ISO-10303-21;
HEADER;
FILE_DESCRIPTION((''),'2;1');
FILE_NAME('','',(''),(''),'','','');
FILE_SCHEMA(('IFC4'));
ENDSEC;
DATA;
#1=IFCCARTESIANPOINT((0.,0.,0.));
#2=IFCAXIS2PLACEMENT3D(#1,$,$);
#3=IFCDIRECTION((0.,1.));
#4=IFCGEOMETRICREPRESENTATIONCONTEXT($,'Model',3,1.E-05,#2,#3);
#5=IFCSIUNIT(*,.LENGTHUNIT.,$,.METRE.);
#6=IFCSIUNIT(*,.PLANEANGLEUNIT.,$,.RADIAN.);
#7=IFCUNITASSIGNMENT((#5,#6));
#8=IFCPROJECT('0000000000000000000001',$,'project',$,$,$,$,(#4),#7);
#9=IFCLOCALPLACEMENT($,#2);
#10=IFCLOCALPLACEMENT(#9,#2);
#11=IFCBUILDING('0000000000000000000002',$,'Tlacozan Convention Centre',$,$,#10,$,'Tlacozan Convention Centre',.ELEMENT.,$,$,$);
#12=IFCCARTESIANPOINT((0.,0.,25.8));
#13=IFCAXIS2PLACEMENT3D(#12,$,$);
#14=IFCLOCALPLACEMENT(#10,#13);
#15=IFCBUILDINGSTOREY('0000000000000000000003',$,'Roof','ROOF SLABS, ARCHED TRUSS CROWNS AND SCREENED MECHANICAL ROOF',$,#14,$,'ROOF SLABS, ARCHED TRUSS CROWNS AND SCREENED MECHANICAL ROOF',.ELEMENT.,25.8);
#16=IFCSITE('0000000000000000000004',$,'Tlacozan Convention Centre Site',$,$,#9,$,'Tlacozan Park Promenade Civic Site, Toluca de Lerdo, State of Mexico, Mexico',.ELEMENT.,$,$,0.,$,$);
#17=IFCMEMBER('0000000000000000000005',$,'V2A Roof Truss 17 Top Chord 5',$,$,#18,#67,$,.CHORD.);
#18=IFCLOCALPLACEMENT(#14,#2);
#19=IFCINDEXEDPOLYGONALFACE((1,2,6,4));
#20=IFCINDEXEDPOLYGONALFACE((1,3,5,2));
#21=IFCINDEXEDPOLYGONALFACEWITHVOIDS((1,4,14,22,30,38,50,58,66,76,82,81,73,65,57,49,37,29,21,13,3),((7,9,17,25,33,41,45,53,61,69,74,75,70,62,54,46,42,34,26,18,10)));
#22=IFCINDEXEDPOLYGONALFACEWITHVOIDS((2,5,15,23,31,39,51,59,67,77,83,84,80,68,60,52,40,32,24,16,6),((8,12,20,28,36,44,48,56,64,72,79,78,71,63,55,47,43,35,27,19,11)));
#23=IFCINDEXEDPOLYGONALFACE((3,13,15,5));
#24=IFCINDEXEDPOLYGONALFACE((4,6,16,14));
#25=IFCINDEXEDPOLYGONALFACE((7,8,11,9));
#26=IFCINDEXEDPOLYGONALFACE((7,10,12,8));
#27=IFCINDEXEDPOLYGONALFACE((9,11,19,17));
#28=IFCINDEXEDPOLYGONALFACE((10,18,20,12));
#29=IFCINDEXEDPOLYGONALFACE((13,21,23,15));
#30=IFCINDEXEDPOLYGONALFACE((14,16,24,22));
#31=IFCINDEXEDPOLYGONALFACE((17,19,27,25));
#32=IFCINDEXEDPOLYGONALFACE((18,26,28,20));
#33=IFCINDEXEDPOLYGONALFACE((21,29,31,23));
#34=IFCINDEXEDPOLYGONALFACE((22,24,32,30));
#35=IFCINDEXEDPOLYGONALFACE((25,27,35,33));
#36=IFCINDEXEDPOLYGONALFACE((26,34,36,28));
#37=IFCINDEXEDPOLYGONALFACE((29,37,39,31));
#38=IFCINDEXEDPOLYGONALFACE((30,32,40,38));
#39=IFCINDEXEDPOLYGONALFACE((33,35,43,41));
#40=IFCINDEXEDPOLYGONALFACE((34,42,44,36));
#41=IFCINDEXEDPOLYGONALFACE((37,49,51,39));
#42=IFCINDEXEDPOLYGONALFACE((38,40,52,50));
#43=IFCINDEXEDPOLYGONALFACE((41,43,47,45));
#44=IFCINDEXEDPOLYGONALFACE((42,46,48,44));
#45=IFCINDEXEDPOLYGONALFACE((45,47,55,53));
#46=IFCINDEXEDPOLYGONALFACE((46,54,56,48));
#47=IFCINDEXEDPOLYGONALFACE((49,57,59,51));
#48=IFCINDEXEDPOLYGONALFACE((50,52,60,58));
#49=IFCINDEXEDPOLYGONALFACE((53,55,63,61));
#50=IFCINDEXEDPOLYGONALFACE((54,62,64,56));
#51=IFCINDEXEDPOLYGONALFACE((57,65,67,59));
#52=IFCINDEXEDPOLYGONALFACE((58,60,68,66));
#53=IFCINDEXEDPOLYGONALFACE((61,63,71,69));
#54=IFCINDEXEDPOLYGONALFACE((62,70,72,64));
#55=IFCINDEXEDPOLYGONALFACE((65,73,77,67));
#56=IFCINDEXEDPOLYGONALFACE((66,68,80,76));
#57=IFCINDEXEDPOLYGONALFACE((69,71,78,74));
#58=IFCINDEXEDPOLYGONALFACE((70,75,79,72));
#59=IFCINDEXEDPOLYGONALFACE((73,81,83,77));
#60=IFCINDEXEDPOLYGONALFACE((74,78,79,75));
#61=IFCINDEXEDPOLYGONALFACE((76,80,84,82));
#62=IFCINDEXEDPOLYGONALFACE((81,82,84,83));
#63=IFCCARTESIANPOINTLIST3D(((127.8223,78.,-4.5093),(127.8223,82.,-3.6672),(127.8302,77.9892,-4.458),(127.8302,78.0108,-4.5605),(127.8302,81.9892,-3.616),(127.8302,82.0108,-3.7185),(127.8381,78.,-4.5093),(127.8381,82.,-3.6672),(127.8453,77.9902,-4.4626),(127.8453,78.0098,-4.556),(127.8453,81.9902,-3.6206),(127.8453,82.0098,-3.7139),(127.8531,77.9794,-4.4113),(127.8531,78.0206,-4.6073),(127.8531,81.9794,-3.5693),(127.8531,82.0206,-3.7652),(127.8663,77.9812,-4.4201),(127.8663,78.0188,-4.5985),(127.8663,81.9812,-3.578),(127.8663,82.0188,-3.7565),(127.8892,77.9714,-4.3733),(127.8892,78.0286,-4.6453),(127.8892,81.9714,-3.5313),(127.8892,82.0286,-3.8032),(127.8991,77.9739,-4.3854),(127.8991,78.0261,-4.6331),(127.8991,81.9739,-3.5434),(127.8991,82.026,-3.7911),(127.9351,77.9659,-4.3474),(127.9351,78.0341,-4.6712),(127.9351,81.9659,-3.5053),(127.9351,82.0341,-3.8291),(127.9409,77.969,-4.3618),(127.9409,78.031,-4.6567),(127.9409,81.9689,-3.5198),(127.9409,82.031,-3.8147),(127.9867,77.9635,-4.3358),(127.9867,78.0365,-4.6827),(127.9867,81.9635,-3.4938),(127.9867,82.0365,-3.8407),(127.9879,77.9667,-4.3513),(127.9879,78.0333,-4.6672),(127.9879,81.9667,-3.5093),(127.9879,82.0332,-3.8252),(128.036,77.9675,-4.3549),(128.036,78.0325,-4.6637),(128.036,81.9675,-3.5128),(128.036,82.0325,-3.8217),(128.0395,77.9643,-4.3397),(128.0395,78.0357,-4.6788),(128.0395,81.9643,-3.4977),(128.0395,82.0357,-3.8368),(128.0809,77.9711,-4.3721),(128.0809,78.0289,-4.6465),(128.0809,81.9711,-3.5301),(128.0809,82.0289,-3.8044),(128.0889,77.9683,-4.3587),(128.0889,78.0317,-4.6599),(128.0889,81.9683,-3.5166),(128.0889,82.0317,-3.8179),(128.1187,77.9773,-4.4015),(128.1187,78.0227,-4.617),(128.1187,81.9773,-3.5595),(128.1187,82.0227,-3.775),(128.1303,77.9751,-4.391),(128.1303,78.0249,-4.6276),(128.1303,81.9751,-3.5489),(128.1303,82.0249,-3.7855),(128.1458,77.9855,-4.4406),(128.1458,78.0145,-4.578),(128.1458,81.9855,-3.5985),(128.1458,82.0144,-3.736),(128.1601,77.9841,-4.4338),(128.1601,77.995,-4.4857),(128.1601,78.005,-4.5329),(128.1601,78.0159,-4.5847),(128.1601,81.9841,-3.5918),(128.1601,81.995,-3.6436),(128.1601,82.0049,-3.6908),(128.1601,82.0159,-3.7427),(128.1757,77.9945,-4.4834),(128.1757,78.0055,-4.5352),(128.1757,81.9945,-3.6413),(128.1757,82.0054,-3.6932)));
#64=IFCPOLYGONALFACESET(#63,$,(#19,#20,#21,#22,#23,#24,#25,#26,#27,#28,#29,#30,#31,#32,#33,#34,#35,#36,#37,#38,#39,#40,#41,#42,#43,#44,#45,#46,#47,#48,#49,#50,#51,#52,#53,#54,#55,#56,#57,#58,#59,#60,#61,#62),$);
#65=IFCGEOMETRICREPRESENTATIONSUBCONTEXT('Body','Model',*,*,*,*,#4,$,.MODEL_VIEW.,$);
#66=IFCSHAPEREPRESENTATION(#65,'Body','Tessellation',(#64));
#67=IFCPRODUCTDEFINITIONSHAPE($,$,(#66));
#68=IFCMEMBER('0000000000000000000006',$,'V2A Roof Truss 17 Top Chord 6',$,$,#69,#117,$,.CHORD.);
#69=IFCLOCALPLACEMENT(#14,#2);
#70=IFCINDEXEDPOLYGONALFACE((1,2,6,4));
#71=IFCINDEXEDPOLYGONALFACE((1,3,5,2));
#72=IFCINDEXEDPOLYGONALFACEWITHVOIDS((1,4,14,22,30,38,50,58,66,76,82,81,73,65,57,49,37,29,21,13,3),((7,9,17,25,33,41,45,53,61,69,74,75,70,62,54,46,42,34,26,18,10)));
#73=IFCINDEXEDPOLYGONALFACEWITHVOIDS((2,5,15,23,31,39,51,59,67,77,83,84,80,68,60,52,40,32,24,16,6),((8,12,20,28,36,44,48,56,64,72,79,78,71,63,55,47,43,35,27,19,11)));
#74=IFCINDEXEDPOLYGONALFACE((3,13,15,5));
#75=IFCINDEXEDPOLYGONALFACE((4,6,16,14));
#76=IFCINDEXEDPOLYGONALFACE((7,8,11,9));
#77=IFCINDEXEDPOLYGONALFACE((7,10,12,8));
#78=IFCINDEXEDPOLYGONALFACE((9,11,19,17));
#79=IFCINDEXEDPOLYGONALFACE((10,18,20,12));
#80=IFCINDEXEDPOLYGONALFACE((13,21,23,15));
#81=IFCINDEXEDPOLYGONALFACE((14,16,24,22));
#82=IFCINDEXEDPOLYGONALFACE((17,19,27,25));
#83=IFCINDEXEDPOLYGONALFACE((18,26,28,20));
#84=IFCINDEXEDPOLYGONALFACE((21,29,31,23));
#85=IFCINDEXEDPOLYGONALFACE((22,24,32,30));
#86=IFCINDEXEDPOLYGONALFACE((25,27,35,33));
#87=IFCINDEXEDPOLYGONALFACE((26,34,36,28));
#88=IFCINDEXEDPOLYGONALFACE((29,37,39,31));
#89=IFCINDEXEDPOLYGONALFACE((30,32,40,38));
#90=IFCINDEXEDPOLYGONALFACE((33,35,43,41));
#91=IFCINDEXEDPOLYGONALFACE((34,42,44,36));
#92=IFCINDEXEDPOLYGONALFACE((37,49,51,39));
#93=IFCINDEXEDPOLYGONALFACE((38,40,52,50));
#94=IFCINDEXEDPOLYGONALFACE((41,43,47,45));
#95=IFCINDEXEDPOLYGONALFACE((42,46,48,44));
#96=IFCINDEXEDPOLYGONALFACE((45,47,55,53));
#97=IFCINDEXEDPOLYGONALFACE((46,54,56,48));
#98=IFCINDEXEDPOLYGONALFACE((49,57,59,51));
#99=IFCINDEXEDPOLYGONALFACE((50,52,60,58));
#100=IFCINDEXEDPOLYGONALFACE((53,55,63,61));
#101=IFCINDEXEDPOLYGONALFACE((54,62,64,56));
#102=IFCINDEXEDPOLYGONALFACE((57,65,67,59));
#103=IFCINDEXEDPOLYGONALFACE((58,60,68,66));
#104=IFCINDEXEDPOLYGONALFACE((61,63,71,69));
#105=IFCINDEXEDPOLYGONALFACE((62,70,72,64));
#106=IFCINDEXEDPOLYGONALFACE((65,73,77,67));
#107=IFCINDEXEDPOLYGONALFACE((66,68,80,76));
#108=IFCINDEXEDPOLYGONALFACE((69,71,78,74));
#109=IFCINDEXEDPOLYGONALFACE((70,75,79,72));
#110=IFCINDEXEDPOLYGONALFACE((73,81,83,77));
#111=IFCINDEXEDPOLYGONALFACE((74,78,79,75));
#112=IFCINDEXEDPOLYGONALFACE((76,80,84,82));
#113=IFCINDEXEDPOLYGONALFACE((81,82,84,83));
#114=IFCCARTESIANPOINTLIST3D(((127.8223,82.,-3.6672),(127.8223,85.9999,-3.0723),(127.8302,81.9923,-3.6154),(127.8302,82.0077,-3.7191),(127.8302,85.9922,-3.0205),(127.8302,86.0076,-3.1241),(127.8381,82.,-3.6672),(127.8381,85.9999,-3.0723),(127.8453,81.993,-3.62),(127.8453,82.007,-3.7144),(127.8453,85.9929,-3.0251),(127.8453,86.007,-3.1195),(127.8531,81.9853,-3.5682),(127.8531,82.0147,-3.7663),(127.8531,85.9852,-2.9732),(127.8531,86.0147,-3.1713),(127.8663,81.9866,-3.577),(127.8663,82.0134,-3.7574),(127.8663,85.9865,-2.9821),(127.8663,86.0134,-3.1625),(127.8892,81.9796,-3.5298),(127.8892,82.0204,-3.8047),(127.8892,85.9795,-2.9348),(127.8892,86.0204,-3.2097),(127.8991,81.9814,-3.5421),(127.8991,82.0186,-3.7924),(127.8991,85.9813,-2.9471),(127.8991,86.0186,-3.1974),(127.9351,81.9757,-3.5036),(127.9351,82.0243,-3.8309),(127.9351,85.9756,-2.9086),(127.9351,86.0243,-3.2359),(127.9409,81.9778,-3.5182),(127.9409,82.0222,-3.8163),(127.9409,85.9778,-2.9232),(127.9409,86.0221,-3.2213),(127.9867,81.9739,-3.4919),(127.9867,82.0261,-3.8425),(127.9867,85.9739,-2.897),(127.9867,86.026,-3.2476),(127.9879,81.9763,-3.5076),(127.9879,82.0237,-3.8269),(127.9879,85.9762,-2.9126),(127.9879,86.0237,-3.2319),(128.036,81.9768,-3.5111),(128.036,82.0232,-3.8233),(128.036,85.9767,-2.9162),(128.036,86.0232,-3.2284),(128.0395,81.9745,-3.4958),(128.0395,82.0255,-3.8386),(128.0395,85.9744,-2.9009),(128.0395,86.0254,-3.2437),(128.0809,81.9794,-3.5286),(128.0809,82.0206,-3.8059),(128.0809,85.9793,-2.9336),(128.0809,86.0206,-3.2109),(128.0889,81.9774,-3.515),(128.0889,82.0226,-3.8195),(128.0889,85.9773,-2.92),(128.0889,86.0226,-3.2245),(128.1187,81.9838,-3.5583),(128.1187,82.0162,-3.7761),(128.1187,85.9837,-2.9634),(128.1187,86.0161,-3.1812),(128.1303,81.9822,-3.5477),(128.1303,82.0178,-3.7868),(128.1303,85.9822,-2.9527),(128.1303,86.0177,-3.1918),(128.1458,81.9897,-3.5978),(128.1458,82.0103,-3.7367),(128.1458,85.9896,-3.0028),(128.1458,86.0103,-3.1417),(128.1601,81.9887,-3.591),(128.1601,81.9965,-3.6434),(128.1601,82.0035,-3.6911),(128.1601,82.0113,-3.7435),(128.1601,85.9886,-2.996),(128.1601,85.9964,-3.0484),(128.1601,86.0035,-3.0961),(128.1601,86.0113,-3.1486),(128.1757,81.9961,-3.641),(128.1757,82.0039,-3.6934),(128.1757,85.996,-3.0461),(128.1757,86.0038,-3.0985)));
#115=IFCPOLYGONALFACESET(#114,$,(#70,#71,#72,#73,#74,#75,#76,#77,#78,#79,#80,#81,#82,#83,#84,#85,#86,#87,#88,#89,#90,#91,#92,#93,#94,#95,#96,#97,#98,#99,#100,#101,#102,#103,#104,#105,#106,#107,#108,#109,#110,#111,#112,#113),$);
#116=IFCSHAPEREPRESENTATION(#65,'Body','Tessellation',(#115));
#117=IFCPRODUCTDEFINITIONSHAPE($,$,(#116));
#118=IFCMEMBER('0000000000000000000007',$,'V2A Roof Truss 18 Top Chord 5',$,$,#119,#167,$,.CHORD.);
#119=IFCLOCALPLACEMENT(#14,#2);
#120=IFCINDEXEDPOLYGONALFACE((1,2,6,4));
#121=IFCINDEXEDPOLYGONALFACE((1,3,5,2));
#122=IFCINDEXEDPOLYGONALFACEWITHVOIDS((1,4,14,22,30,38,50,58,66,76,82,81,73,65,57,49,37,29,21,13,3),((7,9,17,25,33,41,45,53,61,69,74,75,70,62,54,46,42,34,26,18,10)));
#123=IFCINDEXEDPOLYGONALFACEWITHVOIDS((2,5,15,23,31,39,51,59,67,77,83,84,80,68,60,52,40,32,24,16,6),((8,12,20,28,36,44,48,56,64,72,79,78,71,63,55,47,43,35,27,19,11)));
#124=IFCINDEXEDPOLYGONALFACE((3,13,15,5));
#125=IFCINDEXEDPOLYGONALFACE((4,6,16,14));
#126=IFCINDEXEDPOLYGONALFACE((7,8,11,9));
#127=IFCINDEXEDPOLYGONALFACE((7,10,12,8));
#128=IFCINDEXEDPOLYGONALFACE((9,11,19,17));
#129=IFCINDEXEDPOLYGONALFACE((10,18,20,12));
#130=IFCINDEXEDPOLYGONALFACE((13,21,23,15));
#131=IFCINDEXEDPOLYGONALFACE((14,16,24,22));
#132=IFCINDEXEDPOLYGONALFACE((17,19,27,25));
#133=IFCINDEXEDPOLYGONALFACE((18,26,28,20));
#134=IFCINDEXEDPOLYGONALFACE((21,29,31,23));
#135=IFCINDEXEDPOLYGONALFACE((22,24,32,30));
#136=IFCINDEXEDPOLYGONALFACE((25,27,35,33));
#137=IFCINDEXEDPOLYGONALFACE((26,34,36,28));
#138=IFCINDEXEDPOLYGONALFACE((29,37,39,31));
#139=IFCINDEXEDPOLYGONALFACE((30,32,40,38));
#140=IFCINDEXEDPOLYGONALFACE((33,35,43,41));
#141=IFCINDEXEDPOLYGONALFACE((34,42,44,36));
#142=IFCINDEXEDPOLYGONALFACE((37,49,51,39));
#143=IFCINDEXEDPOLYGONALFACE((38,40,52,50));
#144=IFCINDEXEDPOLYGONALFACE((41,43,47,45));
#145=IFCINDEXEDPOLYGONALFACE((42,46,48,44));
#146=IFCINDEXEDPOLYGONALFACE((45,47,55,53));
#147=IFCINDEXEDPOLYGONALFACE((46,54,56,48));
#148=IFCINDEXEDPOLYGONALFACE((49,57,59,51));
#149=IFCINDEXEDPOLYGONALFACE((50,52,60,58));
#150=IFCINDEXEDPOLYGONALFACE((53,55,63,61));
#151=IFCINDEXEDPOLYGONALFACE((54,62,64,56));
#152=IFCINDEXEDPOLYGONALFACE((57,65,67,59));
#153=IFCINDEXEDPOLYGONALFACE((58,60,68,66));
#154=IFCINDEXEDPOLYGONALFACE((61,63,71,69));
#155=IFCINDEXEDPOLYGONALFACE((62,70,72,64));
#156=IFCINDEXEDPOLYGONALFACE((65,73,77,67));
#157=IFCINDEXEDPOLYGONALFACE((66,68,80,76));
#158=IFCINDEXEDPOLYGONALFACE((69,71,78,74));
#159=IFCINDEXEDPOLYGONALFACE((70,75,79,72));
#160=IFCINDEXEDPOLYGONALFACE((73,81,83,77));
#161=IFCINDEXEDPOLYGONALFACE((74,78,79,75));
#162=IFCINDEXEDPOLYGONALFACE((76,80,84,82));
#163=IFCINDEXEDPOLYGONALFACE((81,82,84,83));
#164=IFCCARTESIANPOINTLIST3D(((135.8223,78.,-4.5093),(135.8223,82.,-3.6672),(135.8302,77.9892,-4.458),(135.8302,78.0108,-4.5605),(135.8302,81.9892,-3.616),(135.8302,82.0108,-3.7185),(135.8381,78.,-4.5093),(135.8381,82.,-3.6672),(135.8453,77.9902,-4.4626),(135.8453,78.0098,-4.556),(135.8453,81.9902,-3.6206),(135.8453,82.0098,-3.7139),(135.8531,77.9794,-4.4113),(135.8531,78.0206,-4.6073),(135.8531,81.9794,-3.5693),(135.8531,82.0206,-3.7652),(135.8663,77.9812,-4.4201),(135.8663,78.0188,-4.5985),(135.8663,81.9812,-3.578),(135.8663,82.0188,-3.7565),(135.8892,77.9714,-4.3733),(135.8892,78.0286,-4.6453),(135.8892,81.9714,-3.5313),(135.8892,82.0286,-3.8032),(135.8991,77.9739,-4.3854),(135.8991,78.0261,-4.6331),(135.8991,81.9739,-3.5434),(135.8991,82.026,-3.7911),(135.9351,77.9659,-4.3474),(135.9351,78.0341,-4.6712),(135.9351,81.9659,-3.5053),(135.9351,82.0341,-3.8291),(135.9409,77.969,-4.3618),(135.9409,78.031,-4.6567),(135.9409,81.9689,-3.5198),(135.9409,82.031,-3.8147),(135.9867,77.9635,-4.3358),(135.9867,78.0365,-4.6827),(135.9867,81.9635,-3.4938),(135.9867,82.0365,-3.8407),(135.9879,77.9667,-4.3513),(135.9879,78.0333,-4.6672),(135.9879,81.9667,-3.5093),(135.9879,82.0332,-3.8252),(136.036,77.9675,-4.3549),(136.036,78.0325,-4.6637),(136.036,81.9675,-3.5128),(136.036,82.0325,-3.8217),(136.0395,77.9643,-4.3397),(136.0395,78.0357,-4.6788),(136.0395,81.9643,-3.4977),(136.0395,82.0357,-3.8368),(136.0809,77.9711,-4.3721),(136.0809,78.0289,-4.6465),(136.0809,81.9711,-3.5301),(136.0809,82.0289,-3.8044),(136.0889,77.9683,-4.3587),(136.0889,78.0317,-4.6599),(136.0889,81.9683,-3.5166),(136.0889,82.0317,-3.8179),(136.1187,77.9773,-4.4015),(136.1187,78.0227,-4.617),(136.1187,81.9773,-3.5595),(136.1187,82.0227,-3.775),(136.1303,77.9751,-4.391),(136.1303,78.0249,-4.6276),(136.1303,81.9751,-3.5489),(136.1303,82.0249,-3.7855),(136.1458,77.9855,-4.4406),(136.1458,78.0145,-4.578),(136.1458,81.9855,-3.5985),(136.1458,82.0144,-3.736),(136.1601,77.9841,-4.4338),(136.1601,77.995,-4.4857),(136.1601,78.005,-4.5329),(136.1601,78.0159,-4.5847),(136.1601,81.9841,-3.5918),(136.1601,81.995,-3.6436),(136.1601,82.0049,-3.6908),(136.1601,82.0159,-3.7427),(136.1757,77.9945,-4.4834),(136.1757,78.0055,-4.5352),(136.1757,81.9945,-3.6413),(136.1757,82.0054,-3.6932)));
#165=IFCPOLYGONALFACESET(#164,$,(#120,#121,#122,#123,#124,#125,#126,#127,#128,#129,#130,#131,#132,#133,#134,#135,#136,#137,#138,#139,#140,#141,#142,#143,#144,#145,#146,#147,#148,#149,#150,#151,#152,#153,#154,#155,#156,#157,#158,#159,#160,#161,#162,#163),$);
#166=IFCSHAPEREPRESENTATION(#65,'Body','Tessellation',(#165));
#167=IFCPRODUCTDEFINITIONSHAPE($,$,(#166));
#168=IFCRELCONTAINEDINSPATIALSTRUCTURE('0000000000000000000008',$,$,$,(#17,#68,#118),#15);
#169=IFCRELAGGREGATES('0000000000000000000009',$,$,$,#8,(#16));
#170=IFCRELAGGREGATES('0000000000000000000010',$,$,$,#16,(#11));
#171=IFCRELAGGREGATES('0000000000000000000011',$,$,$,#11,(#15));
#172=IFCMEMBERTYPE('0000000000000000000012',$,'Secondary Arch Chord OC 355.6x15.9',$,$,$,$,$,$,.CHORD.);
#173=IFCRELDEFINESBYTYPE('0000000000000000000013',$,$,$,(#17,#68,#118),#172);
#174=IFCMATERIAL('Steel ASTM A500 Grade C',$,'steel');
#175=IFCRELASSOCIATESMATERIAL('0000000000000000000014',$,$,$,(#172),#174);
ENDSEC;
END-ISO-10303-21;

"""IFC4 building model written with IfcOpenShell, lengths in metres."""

from ifc_helpers import new_model, si_unit, direction, frame, origin, origin_2d, place, context, subcontext, project, spatial, hollow_circle, extrude, material, material_profile, profile_set, type_object, element, save


model = new_model("IFC4")

# Units and contexts
model_context = context("Model", 3, precision=1e-05, world=origin(), true_north=direction((0.0, 1.0)))
body_context = subcontext(model_context, "Body", "Model", "MODEL_VIEW")
ifc_project = project(units=[si_unit("LENGTHUNIT", "METRE"), si_unit("PLANEANGLEUNIT", "RADIAN")], contexts=[model_context])

# Site, building, storey
site_placement = place(None, origin())
site = spatial("IfcSite", under=ifc_project, at=site_placement, Name="Tlacozan Convention Centre Site", LongName="Tlacozan Park Promenade Civic Site, Toluca de Lerdo, State of Mexico, Mexico", CompositionType="ELEMENT", RefElevation=0.0)
building_placement = place(site_placement, origin())
building = spatial("IfcBuilding", under=site, at=building_placement, Name="Tlacozan Convention Centre", LongName="Tlacozan Convention Centre", CompositionType="ELEMENT")
storey_placement = place(building_placement, frame((0.0, 0.0, 25.8)))
storey = spatial("IfcBuildingStorey", under=building, at=storey_placement, Name="Roof", Description="ROOF SLABS, ARCHED TRUSS CROWNS AND SCREENED MECHANICAL ROOF", LongName="ROOF SLABS, ARCHED TRUSS CROWNS AND SCREENED MECHANICAL ROOF", CompositionType="ELEMENT", Elevation=25.8)

# Members
ifc_material_1 = material(Name="Steel ASTM A500 Grade C", Category="steel")
ifc_material_profile_1 = material_profile(ifc_material_1, hollow_circle(Radius=0.1777, WallThickness=0.0159, at=origin_2d()), Name="OC 355.6x15.9")
ifc_profile_set_1 = profile_set([ifc_material_profile_1], Name="Steel ASTM A500 Grade C")
member_type_1 = type_object("IfcMemberType", Name="Secondary Arch Chord OC 355.6x15.9", PredefinedType="CHORD", material=ifc_profile_set_1)
member_1_placement = place(storey_placement, frame((128.0, 78.0, -4.5093), z_axis=(0.0, 0.978553, 0.205995), x_axis=(-1.0, 0.0, 0.0)))
element("IfcMember", 1, at=member_1_placement, inside=storey, type_object=member_type_1, Name="V2A Roof Truss 17 Top Chord 5", PredefinedType="CHORD", context=body_context, shape_type="SweptSolid", body=[
    extrude(hollow_circle(Radius=0.1777, WallThickness=0.0159, at=origin_2d()), origin(), (0.0, 0.0, 1.0), 4.0876),
])
member_2_placement = place(storey_placement, frame((128.0, 82.0, -3.6672), z_axis=(0.0, 0.989118, 0.147124), x_axis=(-1.0, 0.0, 0.0)))
element("IfcMember", 2, at=member_2_placement, inside=storey, type_object=member_type_1, Name="V2A Roof Truss 17 Top Chord 6", PredefinedType="CHORD", context=body_context, shape_type="SweptSolid", body=[
    extrude(hollow_circle(Radius=0.1777, WallThickness=0.0159, at=origin_2d()), origin(), (0.0, 0.0, 1.0), 4.0439),
])
member_3_placement = place(storey_placement, frame((136.0, 78.0, -4.5093), z_axis=(0.0, 0.978553, 0.205995), x_axis=(-1.0, 0.0, 0.0)))
element("IfcMember", 3, at=member_3_placement, inside=storey, type_object=member_type_1, Name="V2A Roof Truss 18 Top Chord 5", PredefinedType="CHORD", context=body_context, shape_type="SweptSolid", body=[
    extrude(hollow_circle(Radius=0.1777, WallThickness=0.0159, at=origin_2d()), origin(), (0.0, 0.0, 1.0), 4.0876),
])

save(model, "model.ifc")
